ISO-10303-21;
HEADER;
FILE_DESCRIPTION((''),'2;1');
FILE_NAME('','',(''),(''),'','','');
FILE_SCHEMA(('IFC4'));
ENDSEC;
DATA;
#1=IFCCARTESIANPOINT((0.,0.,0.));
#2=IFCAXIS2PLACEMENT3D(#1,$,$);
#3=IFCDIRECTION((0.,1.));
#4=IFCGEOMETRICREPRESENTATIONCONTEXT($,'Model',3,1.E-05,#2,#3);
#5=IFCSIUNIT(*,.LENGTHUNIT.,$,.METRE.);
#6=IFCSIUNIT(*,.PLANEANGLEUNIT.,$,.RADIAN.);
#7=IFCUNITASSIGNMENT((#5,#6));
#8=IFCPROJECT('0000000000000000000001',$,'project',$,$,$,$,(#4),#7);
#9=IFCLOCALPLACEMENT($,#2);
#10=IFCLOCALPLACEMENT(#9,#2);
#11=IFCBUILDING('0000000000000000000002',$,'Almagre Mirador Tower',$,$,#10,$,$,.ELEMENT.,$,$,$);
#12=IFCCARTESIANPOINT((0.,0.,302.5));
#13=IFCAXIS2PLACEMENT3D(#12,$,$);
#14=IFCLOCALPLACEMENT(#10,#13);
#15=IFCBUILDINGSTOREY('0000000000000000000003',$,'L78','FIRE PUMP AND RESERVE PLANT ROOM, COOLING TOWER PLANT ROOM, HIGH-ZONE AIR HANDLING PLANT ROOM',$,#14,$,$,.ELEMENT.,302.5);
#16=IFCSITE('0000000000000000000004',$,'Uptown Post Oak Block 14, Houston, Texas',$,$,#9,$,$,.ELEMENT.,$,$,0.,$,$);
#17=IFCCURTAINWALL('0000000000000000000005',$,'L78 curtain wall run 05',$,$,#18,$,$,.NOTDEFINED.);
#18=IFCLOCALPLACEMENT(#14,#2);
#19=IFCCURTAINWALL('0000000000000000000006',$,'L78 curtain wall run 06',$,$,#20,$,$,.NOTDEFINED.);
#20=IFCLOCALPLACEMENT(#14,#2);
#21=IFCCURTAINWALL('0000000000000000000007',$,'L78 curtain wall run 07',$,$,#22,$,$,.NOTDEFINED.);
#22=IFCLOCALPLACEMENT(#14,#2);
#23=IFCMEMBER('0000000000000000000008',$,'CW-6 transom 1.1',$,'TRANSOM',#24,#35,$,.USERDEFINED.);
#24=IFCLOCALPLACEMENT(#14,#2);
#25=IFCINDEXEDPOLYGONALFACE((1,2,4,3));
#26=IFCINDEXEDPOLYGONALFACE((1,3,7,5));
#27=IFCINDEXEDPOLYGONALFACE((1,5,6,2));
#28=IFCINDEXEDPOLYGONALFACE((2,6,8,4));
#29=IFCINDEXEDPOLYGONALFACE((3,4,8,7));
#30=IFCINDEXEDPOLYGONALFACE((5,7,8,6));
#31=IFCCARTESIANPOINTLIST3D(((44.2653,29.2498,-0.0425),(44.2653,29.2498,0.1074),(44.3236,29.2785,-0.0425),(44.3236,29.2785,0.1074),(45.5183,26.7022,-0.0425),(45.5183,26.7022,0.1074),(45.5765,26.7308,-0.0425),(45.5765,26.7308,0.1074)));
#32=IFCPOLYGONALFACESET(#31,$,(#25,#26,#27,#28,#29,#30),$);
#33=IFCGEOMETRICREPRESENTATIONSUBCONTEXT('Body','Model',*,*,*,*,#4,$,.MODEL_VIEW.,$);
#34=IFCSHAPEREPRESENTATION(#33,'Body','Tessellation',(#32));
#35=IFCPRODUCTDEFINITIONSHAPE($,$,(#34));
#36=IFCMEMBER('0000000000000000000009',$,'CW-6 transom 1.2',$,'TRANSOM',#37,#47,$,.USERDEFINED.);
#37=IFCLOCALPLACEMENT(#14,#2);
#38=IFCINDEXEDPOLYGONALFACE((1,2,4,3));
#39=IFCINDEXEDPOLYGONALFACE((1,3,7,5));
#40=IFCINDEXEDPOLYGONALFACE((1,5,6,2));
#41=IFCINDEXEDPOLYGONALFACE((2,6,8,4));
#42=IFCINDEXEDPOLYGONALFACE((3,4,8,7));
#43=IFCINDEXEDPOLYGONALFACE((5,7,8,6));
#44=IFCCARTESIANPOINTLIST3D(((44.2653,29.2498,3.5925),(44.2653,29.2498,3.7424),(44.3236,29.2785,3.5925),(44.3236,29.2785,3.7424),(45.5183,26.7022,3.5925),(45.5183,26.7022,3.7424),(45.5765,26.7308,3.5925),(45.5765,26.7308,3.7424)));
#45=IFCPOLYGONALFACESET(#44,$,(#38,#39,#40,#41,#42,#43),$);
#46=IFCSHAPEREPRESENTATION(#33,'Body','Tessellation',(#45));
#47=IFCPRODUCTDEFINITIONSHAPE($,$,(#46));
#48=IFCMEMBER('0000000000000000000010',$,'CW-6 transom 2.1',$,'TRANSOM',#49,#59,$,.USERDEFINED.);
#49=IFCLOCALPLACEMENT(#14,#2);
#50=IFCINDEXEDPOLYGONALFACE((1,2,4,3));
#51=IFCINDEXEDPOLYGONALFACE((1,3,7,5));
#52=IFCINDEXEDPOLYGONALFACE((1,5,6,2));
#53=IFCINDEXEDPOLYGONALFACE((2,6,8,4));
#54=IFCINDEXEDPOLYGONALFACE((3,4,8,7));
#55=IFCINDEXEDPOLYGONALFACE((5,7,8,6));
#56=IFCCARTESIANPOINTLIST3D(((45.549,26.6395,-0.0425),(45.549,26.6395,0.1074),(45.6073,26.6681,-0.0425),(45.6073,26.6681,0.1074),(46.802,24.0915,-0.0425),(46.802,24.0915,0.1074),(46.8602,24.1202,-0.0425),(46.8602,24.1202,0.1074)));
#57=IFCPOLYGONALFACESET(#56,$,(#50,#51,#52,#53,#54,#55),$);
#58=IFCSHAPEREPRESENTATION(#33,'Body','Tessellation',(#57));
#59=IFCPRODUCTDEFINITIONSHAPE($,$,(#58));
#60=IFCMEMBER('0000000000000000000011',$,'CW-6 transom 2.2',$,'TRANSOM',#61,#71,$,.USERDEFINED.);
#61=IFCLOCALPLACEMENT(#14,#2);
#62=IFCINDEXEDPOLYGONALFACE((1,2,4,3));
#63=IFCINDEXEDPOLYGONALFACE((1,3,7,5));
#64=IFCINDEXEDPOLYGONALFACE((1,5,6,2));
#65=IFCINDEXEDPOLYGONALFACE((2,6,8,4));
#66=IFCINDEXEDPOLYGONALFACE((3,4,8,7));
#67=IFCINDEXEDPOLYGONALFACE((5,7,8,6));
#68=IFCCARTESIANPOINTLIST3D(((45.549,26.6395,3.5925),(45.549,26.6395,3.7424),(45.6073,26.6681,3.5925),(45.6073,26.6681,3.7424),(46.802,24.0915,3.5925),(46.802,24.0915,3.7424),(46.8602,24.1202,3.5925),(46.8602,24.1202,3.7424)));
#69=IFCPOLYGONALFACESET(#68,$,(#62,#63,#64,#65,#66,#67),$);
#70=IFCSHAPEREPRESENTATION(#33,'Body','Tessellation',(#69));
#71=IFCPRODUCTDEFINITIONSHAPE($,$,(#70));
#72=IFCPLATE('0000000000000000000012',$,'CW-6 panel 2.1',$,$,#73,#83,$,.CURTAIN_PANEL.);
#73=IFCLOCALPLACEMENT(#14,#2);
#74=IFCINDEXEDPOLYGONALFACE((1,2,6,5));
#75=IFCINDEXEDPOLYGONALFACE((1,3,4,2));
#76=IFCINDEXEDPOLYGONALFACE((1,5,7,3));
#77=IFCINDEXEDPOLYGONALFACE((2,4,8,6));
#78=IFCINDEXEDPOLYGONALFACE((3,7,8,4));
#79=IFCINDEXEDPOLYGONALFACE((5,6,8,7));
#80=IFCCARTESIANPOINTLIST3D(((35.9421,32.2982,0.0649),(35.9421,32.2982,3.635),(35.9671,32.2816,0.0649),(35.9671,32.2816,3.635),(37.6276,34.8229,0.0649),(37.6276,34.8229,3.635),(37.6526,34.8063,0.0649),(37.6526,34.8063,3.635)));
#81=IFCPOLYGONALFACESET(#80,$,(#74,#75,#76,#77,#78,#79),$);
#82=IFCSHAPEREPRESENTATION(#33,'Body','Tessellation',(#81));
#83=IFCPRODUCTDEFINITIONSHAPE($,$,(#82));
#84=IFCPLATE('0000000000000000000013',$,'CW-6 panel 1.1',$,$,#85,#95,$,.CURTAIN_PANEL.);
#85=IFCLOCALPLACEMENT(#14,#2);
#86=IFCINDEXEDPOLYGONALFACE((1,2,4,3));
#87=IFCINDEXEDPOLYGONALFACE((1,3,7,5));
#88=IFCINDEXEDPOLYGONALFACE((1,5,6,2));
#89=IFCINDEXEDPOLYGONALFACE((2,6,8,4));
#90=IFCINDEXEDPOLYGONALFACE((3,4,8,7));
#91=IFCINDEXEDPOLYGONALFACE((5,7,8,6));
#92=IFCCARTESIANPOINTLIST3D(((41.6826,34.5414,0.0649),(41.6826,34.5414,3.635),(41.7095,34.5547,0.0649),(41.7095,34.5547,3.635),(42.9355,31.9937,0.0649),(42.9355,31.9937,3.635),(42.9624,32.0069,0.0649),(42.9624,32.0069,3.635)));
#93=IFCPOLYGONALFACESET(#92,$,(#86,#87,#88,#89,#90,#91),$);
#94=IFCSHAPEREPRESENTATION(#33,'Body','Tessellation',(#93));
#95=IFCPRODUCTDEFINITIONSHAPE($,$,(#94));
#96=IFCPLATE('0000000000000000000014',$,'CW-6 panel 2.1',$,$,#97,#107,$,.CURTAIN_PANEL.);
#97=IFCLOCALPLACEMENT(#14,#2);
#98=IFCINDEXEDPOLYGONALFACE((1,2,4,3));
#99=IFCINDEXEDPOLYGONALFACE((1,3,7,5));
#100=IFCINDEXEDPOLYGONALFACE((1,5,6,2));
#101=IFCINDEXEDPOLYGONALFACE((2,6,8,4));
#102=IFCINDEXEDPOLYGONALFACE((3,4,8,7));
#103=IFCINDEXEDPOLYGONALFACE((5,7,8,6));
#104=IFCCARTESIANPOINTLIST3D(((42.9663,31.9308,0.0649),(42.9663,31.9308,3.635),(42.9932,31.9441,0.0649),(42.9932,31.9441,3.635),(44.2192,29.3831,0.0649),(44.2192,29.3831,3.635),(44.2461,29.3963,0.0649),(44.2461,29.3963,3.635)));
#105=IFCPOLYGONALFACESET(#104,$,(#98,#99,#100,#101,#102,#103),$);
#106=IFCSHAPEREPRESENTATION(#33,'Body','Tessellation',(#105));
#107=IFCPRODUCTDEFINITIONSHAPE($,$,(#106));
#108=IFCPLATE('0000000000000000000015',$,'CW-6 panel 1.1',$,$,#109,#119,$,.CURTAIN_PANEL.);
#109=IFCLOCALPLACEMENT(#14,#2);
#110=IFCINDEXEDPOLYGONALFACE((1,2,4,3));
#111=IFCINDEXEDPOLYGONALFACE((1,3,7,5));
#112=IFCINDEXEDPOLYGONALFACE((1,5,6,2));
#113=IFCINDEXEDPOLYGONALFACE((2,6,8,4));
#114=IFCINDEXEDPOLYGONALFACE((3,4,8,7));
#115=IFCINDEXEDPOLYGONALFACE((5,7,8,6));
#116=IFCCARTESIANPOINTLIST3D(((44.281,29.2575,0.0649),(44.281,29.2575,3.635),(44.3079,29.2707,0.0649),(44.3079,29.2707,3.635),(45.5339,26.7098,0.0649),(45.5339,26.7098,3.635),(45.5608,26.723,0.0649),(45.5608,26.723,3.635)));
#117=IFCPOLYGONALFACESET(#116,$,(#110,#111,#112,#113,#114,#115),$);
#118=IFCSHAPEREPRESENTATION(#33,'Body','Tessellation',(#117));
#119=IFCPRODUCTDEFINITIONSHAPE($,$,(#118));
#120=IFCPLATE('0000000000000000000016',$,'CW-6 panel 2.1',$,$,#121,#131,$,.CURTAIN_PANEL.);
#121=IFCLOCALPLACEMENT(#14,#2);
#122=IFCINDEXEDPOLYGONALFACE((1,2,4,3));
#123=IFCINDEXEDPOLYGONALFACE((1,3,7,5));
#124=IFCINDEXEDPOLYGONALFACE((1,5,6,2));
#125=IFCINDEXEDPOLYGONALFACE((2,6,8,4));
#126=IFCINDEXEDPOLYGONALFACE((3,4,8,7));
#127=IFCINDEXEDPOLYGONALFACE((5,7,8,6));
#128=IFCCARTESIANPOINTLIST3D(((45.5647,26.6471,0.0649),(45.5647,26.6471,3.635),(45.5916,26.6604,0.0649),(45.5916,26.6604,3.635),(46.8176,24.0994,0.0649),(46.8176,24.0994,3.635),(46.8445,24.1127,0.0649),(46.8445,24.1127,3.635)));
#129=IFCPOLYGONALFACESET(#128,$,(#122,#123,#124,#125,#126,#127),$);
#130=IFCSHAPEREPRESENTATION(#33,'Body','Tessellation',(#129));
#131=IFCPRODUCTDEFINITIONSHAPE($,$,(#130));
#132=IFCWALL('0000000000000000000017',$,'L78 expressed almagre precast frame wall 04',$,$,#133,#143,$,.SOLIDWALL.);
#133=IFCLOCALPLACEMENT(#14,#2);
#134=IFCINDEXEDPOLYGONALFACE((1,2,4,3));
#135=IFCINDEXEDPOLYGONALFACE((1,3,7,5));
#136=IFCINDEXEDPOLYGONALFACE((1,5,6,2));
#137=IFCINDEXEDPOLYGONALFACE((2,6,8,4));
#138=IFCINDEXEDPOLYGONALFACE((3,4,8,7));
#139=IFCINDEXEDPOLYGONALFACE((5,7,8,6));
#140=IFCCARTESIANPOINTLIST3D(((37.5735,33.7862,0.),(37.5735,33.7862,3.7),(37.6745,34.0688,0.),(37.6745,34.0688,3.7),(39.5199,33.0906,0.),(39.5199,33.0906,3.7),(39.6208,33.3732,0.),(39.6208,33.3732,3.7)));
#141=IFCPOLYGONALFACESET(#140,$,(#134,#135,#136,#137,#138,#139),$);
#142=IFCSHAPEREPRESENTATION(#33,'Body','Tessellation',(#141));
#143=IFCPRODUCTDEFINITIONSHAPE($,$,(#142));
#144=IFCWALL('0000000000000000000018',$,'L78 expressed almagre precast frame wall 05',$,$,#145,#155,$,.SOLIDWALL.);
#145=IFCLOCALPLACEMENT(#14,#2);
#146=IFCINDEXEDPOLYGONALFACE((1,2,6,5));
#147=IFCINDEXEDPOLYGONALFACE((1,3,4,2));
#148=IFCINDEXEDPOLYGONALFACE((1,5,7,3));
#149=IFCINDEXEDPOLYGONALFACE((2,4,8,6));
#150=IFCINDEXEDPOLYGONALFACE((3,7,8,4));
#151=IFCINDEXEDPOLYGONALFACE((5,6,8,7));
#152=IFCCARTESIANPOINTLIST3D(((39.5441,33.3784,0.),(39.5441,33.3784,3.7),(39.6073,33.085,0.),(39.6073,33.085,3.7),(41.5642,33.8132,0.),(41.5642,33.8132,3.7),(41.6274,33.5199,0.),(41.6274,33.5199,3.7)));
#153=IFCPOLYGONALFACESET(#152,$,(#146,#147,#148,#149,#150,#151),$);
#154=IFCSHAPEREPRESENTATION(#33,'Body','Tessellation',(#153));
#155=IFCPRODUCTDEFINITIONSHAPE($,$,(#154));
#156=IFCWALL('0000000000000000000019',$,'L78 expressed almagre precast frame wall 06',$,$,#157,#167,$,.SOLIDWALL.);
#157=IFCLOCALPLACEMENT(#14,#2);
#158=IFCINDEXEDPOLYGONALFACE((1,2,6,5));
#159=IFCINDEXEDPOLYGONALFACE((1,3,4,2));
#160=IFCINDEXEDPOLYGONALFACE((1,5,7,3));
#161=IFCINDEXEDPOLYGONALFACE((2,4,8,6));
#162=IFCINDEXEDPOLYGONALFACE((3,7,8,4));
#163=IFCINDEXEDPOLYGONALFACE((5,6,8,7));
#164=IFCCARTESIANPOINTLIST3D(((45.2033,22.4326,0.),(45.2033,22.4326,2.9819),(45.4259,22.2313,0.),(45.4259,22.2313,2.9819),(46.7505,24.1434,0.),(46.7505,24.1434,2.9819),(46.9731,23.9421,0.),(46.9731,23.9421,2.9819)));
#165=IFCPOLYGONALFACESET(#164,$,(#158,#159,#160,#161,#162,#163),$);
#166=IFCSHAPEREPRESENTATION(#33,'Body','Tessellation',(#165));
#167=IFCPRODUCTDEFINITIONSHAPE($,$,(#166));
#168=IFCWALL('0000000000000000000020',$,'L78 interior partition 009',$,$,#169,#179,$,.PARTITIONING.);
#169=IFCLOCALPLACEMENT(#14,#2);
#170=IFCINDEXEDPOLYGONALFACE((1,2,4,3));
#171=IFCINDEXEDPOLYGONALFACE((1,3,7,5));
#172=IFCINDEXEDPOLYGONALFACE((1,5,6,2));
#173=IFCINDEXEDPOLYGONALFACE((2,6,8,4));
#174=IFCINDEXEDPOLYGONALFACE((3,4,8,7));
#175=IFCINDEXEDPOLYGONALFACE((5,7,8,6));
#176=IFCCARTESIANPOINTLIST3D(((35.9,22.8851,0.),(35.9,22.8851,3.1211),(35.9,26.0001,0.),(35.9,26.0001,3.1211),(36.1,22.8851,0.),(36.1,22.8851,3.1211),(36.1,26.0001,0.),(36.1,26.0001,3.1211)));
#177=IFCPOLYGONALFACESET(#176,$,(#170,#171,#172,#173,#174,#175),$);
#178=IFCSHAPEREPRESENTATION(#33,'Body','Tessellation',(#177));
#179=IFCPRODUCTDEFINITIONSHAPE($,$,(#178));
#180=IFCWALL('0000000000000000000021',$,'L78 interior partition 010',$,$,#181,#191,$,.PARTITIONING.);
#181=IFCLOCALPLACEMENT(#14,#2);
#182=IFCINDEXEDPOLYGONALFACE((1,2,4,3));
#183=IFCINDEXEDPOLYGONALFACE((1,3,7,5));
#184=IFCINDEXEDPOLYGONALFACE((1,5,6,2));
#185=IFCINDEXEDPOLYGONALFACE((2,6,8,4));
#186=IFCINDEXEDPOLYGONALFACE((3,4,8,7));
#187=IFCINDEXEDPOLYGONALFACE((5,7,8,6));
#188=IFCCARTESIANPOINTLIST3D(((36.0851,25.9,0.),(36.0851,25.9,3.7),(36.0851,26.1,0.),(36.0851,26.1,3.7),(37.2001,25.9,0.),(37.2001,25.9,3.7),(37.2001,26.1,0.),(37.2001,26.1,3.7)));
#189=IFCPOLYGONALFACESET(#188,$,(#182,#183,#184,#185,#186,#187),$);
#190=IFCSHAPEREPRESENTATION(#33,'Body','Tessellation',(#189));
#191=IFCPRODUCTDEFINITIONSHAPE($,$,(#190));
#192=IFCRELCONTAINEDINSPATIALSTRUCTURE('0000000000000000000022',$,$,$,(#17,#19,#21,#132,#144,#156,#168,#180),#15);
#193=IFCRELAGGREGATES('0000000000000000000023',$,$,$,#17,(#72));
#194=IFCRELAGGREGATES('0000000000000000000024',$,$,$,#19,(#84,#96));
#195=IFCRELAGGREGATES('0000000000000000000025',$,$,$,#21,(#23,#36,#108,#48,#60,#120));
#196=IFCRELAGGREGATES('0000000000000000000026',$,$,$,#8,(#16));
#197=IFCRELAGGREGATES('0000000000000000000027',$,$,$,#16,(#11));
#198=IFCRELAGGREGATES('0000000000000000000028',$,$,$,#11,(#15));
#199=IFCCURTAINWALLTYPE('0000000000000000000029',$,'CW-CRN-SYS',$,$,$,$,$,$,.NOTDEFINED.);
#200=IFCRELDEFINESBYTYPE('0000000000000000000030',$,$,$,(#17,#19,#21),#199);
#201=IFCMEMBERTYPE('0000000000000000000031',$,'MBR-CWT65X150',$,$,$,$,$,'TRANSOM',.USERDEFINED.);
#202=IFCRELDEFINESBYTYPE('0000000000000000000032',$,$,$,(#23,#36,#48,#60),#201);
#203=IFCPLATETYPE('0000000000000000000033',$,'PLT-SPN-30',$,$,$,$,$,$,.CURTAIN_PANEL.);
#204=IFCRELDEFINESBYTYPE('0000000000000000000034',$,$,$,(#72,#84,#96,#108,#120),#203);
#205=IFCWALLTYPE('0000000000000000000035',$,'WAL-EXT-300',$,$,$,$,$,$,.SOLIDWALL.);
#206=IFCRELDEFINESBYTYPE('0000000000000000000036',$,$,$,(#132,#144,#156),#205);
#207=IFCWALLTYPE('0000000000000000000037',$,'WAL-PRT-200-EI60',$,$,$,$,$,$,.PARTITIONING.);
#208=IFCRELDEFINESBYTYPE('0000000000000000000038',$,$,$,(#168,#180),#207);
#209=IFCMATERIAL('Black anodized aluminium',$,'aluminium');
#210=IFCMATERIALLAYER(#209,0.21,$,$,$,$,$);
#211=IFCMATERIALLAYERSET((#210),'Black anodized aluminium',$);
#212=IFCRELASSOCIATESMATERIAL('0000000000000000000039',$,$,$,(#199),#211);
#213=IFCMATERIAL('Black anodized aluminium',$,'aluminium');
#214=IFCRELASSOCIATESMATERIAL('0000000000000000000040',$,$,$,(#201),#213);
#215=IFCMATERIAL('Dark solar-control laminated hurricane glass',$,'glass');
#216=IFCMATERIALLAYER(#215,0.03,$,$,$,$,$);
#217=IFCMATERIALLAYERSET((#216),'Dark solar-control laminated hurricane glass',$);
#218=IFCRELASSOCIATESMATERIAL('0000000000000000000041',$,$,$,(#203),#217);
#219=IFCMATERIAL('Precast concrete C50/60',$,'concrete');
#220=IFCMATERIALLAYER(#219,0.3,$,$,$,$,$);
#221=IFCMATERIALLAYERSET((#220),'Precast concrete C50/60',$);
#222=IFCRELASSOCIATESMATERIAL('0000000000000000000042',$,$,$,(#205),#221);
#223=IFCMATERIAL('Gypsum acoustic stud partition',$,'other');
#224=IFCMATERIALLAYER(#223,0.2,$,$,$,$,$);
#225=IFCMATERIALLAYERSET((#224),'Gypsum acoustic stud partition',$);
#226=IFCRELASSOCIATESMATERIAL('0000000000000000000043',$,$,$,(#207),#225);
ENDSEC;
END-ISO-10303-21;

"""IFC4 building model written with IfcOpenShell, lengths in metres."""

from ifc_helpers import new_model, si_unit, direction, frame, frame_2d, origin, origin_2d, place, context, subcontext, project, spatial, rectangle, extrude, material, layer, layer_set, material_profile, profile_set, type_object, element, aggregate, save


model = new_model("IFC4")

# Units and contexts
model_context = context("Model", 3, precision=1e-05, world=origin(), true_north=direction((0.0, 1.0)))
body_context = subcontext(model_context, "Body", "Model", "MODEL_VIEW")
ifc_project = project(units=[si_unit("LENGTHUNIT", "METRE"), si_unit("PLANEANGLEUNIT", "RADIAN")], contexts=[model_context])

# Site, building, storey
site_placement = place(None, origin())
site = spatial("IfcSite", under=ifc_project, at=site_placement, Name="Uptown Post Oak Block 14, Houston, Texas", CompositionType="ELEMENT", RefElevation=0.0)
building_placement = place(site_placement, origin())
building = spatial("IfcBuilding", under=site, at=building_placement, Name="Almagre Mirador Tower", CompositionType="ELEMENT")
storey_placement = place(building_placement, frame((0.0, 0.0, 302.5)))
storey = spatial("IfcBuildingStorey", under=building, at=storey_placement, Name="L78", Description="FIRE PUMP AND RESERVE PLANT ROOM, COOLING TOWER PLANT ROOM, HIGH-ZONE AIR HANDLING PLANT ROOM", CompositionType="ELEMENT", Elevation=302.5)

# Curtain wall
ifc_material_1 = material(Name="Black anodized aluminium", Category="aluminium")
ifc_layer_1 = layer(ifc_material_1, 0.21)
ifc_layer_set_1 = layer_set([ifc_layer_1], Name="Black anodized aluminium")
curtain_wall_type = type_object("IfcCurtainWallType", Name="CW-CRN-SYS", PredefinedType="NOTDEFINED", material=ifc_layer_set_1)
curtain_wall_1_placement = place(storey_placement, origin())
curtain_wall_1 = element("IfcCurtainWall", 1, at=curtain_wall_1_placement, inside=storey, type_object=curtain_wall_type, Name="L78 curtain wall run 05", PredefinedType="NOTDEFINED")

# Curtain walls
curtain_wall_2_placement = place(storey_placement, origin())
curtain_wall_2 = element("IfcCurtainWall", 2, at=curtain_wall_2_placement, inside=storey, type_object=curtain_wall_type, Name="L78 curtain wall run 06", PredefinedType="NOTDEFINED")
curtain_wall_3_placement = place(storey_placement, origin())
curtain_wall_3 = element("IfcCurtainWall", 3, at=curtain_wall_3_placement, inside=storey, type_object=curtain_wall_type, Name="L78 curtain wall run 07", PredefinedType="NOTDEFINED")

# Members
ifc_material_2 = material(Name="Black anodized aluminium", Category="aluminium")
ifc_material_profile_1 = material_profile(ifc_material_2, rectangle(XDim=0.0649, YDim=0.1499, at=origin_2d()), Name="CWT65X150")
ifc_profile_set_1 = profile_set([ifc_material_profile_1], Name="Black anodized aluminium")
member_type_1 = type_object("IfcMemberType", Name="MBR-CWT65X150", ElementType="TRANSOM", PredefinedType="USERDEFINED", material=ifc_profile_set_1)
member_1_placement = place(storey_placement, frame((44.2944, 29.2642, 0.0325), z_axis=(0.441322, -0.897349, 0.0), x_axis=(0.897349, 0.441322, 0.0)))
member_1 = element("IfcMember", 4, at=member_1_placement, type_object=member_type_1, Name="CW-6 transom 1.1", ObjectType="TRANSOM", PredefinedType="USERDEFINED", context=body_context, shape_type="SweptSolid", body=[
    extrude(rectangle(XDim=0.0649, YDim=0.1499, at=origin_2d()), origin(), (0.0, 0.0, 1.0), 2.8391),
])
member_2_placement = place(storey_placement, frame((44.2944, 29.2642, 3.6675), z_axis=(0.441322, -0.897349, 0.0), x_axis=(0.897349, 0.441322, 0.0)))
member_2 = element("IfcMember", 5, at=member_2_placement, type_object=member_type_1, Name="CW-6 transom 1.2", ObjectType="TRANSOM", PredefinedType="USERDEFINED", context=body_context, shape_type="SweptSolid", body=[
    extrude(rectangle(XDim=0.0649, YDim=0.1499, at=origin_2d()), origin(), (0.0, 0.0, 1.0), 2.8391),
])
member_3_placement = place(storey_placement, frame((45.5781, 26.6538, 0.0325), z_axis=(0.441288, -0.897366, 0.0), x_axis=(0.897366, 0.441288, 0.0)))
member_3 = element("IfcMember", 6, at=member_3_placement, type_object=member_type_1, Name="CW-6 transom 2.1", ObjectType="TRANSOM", PredefinedType="USERDEFINED", context=body_context, shape_type="SweptSolid", body=[
    extrude(rectangle(XDim=0.0649, YDim=0.1499, at=origin_2d()), origin(), (0.0, 0.0, 1.0), 2.8394),
])
member_4_placement = place(storey_placement, frame((45.5781, 26.6538, 3.6675), z_axis=(0.441288, -0.897366, 0.0), x_axis=(0.897366, 0.441288, 0.0)))
member_4 = element("IfcMember", 7, at=member_4_placement, type_object=member_type_1, Name="CW-6 transom 2.2", ObjectType="TRANSOM", PredefinedType="USERDEFINED", context=body_context, shape_type="SweptSolid", body=[
    extrude(rectangle(XDim=0.0649, YDim=0.1499, at=origin_2d()), origin(), (0.0, 0.0, 1.0), 2.8394),
])

# Plates
ifc_material_3 = material(Name="Dark solar-control laminated hurricane glass", Category="glass")
ifc_layer_2 = layer(ifc_material_3, 0.03)
ifc_layer_set_2 = layer_set([ifc_layer_2], Name="Dark solar-control laminated hurricane glass")
plate_type = type_object("IfcPlateType", Name="PLT-SPN-30", PredefinedType="CURTAIN_PANEL", material=ifc_layer_set_2)
plate_1_placement = place(storey_placement, frame((36.7974, 33.5522, 0.0649), z_axis=(0.0, 0.0, 1.0), x_axis=(0.555251, 0.831683, 0.0)))
plate_1 = element("IfcPlate", 8, at=plate_1_placement, type_object=plate_type, Name="CW-6 panel 2.1", PredefinedType="CURTAIN_PANEL", context=body_context, shape_type="SweptSolid", body=[
    extrude(rectangle(XDim=3.0356, YDim=0.03, at=origin_2d()), origin(), (0.0, 0.0, 1.0), 3.5701),
])
aggregate(curtain_wall_1, [plate_1])
plate_2_placement = place(storey_placement, frame((42.3225, 33.2742, 0.0649), z_axis=(0.0, 0.0, 1.0), x_axis=(0.441294, -0.897363, 0.0)))
plate_2 = element("IfcPlate", 9, at=plate_2_placement, type_object=plate_type, Name="CW-6 panel 1.1", PredefinedType="CURTAIN_PANEL", context=body_context, shape_type="SweptSolid", body=[
    extrude(rectangle(XDim=2.8391, YDim=0.03, at=origin_2d()), origin(), (0.0, 0.0, 1.0), 3.5701),
])
plate_3_placement = place(storey_placement, frame((43.6062, 30.6636, 0.0649), z_axis=(0.0, 0.0, 1.0), x_axis=(0.441294, -0.897363, 0.0)))
plate_3 = element("IfcPlate", 10, at=plate_3_placement, type_object=plate_type, Name="CW-6 panel 2.1", PredefinedType="CURTAIN_PANEL", context=body_context, shape_type="SweptSolid", body=[
    extrude(rectangle(XDim=2.8391, YDim=0.03, at=origin_2d()), origin(), (0.0, 0.0, 1.0), 3.5701),
])
aggregate(curtain_wall_2, [plate_2, plate_3])
plate_4_placement = place(storey_placement, frame((44.9209, 27.9902, 0.0649), z_axis=(0.0, 0.0, 1.0), x_axis=(0.441294, -0.897363, 0.0)))
plate_4 = element("IfcPlate", 11, at=plate_4_placement, type_object=plate_type, Name="CW-6 panel 1.1", PredefinedType="CURTAIN_PANEL", context=body_context, shape_type="SweptSolid", body=[
    extrude(rectangle(XDim=2.8391, YDim=0.03, at=origin_2d()), origin(), (0.0, 0.0, 1.0), 3.5701),
])
plate_5_placement = place(storey_placement, frame((46.2046, 25.3799, 0.0649), z_axis=(0.0, 0.0, 1.0), x_axis=(0.441294, -0.897363, 0.0)))
plate_5 = element("IfcPlate", 12, at=plate_5_placement, type_object=plate_type, Name="CW-6 panel 2.1", PredefinedType="CURTAIN_PANEL", context=body_context, shape_type="SweptSolid", body=[
    extrude(rectangle(XDim=2.8391, YDim=0.03, at=origin_2d()), origin(), (0.0, 0.0, 1.0), 3.5701),
])
aggregate(curtain_wall_3, [member_1, member_2, plate_4, member_3, member_4, plate_5])

# Walls
ifc_material_4 = material(Name="Precast concrete C50/60", Category="concrete")
ifc_layer_3 = layer(ifc_material_4, 0.3)
ifc_layer_set_3 = layer_set([ifc_layer_3], Name="Precast concrete C50/60")
wall_type_1 = type_object("IfcWallType", Name="WAL-EXT-300", PredefinedType="SOLIDWALL", material=ifc_layer_set_3)
wall_1_placement = place(storey_placement, frame((37.624, 33.9275, 0.0), z_axis=(0.0, 0.0, 1.0), x_axis=(0.941672, -0.336531, 0.0)))
element("IfcWall", 13, at=wall_1_placement, inside=storey, type_object=wall_type_1, Name="L78 expressed almagre precast frame wall 04", PredefinedType="SOLIDWALL", context=body_context, shape_type="SweptSolid", body=[
    extrude(rectangle(XDim=2.0669, YDim=0.3, at=frame_2d((1.0334, 0.0))), origin(), (0.0, 0.0, 1.0), 3.7),
])
wall_2_placement = place(storey_placement, frame((39.5757, 33.2317, 0.0), z_axis=(0.0, 0.0, 1.0), x_axis=(0.977608, 0.210433, 0.0)))
element("IfcWall", 14, at=wall_2_placement, inside=storey, type_object=wall_type_1, Name="L78 expressed almagre precast frame wall 05", PredefinedType="SOLIDWALL", context=body_context, shape_type="SweptSolid", body=[
    extrude(rectangle(XDim=2.0664, YDim=0.3, at=frame_2d((1.0332, 0.0))), origin(), (0.0, 0.0, 1.0), 3.7),
])
wall_3_placement = place(storey_placement, frame((46.8618, 24.0427, 0.0), z_axis=(0.0, 0.0, 1.0), x_axis=(-0.670758, -0.741676, 0.0)))
element("IfcWall", 15, at=wall_3_placement, inside=storey, type_object=wall_type_1, Name="L78 expressed almagre precast frame wall 06", PredefinedType="SOLIDWALL", context=body_context, shape_type="SweptSolid", body=[
    extrude(rectangle(XDim=2.3066, YDim=0.3, at=frame_2d((1.1533, 0.0))), origin(), (0.0, 0.0, 1.0), 2.9819),
])
ifc_material_5 = material(Name="Gypsum acoustic stud partition", Category="other")
ifc_layer_4 = layer(ifc_material_5, 0.2)
ifc_layer_set_4 = layer_set([ifc_layer_4], Name="Gypsum acoustic stud partition")
wall_type_2 = type_object("IfcWallType", Name="WAL-PRT-200-EI60", PredefinedType="PARTITIONING", material=ifc_layer_set_4)
wall_4_placement = place(storey_placement, frame((36.0, 22.885, 0.0), z_axis=(0.0, 0.0, 1.0), x_axis=(0.0, 1.0, 0.0)))
element("IfcWall", 16, at=wall_4_placement, inside=storey, type_object=wall_type_2, Name="L78 interior partition 009", PredefinedType="PARTITIONING", context=body_context, shape_type="SweptSolid", body=[
    extrude(rectangle(XDim=3.115, YDim=0.2, at=frame_2d((1.5576, 0.0))), origin(), (0.0, 0.0, 1.0), 3.1211),
])
wall_5_placement = place(storey_placement, frame((36.085, 26.0, 0.0), z_axis=(0.0, 0.0, 1.0), x_axis=(1.0, 0.0, 0.0)))
element("IfcWall", 17, at=wall_5_placement, inside=storey, type_object=wall_type_2, Name="L78 interior partition 010", PredefinedType="PARTITIONING", context=body_context, shape_type="SweptSolid", body=[
    extrude(rectangle(XDim=1.115, YDim=0.2, at=frame_2d((0.5576, 0.0))), origin(), (0.0, 0.0, 1.0), 3.7),
])

save(model, "model.ifc")
